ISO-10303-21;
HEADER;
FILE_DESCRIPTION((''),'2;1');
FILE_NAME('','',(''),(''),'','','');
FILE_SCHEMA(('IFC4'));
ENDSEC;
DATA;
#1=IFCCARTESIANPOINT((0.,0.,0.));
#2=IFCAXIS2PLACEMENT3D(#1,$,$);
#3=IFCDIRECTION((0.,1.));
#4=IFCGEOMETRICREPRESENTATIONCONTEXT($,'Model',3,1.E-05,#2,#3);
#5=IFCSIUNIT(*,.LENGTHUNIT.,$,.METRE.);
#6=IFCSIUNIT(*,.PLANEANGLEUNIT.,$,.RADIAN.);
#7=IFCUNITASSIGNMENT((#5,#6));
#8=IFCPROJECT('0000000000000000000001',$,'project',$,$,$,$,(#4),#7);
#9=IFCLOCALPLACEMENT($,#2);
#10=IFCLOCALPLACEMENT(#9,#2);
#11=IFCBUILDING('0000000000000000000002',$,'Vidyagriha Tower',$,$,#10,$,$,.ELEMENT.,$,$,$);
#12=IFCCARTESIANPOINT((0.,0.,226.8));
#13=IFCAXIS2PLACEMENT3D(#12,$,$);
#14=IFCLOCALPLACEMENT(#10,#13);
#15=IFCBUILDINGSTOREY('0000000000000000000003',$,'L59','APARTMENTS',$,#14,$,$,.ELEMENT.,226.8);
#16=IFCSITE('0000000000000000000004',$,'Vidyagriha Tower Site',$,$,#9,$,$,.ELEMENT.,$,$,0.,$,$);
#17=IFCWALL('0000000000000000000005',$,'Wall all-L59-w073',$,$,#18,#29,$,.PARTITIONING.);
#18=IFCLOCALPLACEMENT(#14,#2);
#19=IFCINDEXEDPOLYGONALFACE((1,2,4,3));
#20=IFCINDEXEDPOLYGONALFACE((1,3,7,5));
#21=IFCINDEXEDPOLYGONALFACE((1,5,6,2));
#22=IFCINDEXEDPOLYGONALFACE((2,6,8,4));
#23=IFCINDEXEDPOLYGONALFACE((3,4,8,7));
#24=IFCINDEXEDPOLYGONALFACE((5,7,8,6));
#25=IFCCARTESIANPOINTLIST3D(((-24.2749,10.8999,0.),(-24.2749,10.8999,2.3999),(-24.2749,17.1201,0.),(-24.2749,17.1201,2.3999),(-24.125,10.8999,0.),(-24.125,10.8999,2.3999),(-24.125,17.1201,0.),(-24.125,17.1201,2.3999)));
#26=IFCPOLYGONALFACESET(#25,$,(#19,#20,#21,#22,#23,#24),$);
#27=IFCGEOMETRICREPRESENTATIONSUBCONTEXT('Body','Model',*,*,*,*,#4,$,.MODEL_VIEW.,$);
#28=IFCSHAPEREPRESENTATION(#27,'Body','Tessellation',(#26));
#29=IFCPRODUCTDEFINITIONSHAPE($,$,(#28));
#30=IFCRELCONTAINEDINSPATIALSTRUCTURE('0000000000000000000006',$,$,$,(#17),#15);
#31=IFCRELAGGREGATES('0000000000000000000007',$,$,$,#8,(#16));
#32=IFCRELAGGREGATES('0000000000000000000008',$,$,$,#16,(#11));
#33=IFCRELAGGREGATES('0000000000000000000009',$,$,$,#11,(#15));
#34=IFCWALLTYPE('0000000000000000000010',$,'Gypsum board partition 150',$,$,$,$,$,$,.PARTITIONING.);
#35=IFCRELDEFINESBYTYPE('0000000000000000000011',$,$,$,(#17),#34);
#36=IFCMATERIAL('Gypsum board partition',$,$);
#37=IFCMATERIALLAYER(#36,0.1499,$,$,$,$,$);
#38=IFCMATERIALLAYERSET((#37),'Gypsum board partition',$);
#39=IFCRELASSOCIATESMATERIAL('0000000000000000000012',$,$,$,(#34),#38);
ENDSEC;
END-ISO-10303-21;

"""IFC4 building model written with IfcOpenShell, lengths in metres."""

from ifc_helpers import new_model, si_unit, direction, frame, frame_2d, origin, place, context, subcontext, project, spatial, rectangle, extrude, material, layer, layer_set, type_object, element, save


model = new_model("IFC4")

# Units and contexts
model_context = context("Model", 3, precision=1e-05, world=origin(), true_north=direction((0.0, 1.0)))
body_context = subcontext(model_context, "Body", "Model", "MODEL_VIEW")
ifc_project = project(units=[si_unit("LENGTHUNIT", "METRE"), si_unit("PLANEANGLEUNIT", "RADIAN")], contexts=[model_context])

# Site, building, storey
site_placement = place(None, origin())
site = spatial("IfcSite", under=ifc_project, at=site_placement, Name="Vidyagriha Tower Site", CompositionType="ELEMENT", RefElevation=0.0)
building_placement = place(site_placement, origin())
building = spatial("IfcBuilding", under=site, at=building_placement, Name="Vidyagriha Tower", CompositionType="ELEMENT")
storey_placement = place(building_placement, frame((0.0, 0.0, 226.8)))
storey = spatial("IfcBuildingStorey", under=building, at=storey_placement, Name="L59", Description="APARTMENTS", CompositionType="ELEMENT", Elevation=226.8)

# Wall
ifc_material_1 = material(Name="Gypsum board partition")
ifc_layer_1 = layer(ifc_material_1, 0.1499)
ifc_layer_set_1 = layer_set([ifc_layer_1], Name="Gypsum board partition")
wall_type_1 = type_object("IfcWallType", Name="Gypsum board partition 150", PredefinedType="PARTITIONING", material=ifc_layer_set_1)
wall_1_placement = place(storey_placement, frame((-24.2, 17.1201, 0.0), z_axis=(0.0, 0.0, 1.0), x_axis=(0.0, -1.0, 0.0)))
element("IfcWall", 1, at=wall_1_placement, inside=storey, type_object=wall_type_1, Name="Wall all-L59-w073", PredefinedType="PARTITIONING", context=body_context, shape_type="SweptSolid", body=[
    extrude(rectangle(XDim=6.2202, YDim=0.1499, at=frame_2d((3.1101, 0.0))), origin(), (0.0, 0.0, 1.0), 2.3999),
])

save(model, "model.ifc")
